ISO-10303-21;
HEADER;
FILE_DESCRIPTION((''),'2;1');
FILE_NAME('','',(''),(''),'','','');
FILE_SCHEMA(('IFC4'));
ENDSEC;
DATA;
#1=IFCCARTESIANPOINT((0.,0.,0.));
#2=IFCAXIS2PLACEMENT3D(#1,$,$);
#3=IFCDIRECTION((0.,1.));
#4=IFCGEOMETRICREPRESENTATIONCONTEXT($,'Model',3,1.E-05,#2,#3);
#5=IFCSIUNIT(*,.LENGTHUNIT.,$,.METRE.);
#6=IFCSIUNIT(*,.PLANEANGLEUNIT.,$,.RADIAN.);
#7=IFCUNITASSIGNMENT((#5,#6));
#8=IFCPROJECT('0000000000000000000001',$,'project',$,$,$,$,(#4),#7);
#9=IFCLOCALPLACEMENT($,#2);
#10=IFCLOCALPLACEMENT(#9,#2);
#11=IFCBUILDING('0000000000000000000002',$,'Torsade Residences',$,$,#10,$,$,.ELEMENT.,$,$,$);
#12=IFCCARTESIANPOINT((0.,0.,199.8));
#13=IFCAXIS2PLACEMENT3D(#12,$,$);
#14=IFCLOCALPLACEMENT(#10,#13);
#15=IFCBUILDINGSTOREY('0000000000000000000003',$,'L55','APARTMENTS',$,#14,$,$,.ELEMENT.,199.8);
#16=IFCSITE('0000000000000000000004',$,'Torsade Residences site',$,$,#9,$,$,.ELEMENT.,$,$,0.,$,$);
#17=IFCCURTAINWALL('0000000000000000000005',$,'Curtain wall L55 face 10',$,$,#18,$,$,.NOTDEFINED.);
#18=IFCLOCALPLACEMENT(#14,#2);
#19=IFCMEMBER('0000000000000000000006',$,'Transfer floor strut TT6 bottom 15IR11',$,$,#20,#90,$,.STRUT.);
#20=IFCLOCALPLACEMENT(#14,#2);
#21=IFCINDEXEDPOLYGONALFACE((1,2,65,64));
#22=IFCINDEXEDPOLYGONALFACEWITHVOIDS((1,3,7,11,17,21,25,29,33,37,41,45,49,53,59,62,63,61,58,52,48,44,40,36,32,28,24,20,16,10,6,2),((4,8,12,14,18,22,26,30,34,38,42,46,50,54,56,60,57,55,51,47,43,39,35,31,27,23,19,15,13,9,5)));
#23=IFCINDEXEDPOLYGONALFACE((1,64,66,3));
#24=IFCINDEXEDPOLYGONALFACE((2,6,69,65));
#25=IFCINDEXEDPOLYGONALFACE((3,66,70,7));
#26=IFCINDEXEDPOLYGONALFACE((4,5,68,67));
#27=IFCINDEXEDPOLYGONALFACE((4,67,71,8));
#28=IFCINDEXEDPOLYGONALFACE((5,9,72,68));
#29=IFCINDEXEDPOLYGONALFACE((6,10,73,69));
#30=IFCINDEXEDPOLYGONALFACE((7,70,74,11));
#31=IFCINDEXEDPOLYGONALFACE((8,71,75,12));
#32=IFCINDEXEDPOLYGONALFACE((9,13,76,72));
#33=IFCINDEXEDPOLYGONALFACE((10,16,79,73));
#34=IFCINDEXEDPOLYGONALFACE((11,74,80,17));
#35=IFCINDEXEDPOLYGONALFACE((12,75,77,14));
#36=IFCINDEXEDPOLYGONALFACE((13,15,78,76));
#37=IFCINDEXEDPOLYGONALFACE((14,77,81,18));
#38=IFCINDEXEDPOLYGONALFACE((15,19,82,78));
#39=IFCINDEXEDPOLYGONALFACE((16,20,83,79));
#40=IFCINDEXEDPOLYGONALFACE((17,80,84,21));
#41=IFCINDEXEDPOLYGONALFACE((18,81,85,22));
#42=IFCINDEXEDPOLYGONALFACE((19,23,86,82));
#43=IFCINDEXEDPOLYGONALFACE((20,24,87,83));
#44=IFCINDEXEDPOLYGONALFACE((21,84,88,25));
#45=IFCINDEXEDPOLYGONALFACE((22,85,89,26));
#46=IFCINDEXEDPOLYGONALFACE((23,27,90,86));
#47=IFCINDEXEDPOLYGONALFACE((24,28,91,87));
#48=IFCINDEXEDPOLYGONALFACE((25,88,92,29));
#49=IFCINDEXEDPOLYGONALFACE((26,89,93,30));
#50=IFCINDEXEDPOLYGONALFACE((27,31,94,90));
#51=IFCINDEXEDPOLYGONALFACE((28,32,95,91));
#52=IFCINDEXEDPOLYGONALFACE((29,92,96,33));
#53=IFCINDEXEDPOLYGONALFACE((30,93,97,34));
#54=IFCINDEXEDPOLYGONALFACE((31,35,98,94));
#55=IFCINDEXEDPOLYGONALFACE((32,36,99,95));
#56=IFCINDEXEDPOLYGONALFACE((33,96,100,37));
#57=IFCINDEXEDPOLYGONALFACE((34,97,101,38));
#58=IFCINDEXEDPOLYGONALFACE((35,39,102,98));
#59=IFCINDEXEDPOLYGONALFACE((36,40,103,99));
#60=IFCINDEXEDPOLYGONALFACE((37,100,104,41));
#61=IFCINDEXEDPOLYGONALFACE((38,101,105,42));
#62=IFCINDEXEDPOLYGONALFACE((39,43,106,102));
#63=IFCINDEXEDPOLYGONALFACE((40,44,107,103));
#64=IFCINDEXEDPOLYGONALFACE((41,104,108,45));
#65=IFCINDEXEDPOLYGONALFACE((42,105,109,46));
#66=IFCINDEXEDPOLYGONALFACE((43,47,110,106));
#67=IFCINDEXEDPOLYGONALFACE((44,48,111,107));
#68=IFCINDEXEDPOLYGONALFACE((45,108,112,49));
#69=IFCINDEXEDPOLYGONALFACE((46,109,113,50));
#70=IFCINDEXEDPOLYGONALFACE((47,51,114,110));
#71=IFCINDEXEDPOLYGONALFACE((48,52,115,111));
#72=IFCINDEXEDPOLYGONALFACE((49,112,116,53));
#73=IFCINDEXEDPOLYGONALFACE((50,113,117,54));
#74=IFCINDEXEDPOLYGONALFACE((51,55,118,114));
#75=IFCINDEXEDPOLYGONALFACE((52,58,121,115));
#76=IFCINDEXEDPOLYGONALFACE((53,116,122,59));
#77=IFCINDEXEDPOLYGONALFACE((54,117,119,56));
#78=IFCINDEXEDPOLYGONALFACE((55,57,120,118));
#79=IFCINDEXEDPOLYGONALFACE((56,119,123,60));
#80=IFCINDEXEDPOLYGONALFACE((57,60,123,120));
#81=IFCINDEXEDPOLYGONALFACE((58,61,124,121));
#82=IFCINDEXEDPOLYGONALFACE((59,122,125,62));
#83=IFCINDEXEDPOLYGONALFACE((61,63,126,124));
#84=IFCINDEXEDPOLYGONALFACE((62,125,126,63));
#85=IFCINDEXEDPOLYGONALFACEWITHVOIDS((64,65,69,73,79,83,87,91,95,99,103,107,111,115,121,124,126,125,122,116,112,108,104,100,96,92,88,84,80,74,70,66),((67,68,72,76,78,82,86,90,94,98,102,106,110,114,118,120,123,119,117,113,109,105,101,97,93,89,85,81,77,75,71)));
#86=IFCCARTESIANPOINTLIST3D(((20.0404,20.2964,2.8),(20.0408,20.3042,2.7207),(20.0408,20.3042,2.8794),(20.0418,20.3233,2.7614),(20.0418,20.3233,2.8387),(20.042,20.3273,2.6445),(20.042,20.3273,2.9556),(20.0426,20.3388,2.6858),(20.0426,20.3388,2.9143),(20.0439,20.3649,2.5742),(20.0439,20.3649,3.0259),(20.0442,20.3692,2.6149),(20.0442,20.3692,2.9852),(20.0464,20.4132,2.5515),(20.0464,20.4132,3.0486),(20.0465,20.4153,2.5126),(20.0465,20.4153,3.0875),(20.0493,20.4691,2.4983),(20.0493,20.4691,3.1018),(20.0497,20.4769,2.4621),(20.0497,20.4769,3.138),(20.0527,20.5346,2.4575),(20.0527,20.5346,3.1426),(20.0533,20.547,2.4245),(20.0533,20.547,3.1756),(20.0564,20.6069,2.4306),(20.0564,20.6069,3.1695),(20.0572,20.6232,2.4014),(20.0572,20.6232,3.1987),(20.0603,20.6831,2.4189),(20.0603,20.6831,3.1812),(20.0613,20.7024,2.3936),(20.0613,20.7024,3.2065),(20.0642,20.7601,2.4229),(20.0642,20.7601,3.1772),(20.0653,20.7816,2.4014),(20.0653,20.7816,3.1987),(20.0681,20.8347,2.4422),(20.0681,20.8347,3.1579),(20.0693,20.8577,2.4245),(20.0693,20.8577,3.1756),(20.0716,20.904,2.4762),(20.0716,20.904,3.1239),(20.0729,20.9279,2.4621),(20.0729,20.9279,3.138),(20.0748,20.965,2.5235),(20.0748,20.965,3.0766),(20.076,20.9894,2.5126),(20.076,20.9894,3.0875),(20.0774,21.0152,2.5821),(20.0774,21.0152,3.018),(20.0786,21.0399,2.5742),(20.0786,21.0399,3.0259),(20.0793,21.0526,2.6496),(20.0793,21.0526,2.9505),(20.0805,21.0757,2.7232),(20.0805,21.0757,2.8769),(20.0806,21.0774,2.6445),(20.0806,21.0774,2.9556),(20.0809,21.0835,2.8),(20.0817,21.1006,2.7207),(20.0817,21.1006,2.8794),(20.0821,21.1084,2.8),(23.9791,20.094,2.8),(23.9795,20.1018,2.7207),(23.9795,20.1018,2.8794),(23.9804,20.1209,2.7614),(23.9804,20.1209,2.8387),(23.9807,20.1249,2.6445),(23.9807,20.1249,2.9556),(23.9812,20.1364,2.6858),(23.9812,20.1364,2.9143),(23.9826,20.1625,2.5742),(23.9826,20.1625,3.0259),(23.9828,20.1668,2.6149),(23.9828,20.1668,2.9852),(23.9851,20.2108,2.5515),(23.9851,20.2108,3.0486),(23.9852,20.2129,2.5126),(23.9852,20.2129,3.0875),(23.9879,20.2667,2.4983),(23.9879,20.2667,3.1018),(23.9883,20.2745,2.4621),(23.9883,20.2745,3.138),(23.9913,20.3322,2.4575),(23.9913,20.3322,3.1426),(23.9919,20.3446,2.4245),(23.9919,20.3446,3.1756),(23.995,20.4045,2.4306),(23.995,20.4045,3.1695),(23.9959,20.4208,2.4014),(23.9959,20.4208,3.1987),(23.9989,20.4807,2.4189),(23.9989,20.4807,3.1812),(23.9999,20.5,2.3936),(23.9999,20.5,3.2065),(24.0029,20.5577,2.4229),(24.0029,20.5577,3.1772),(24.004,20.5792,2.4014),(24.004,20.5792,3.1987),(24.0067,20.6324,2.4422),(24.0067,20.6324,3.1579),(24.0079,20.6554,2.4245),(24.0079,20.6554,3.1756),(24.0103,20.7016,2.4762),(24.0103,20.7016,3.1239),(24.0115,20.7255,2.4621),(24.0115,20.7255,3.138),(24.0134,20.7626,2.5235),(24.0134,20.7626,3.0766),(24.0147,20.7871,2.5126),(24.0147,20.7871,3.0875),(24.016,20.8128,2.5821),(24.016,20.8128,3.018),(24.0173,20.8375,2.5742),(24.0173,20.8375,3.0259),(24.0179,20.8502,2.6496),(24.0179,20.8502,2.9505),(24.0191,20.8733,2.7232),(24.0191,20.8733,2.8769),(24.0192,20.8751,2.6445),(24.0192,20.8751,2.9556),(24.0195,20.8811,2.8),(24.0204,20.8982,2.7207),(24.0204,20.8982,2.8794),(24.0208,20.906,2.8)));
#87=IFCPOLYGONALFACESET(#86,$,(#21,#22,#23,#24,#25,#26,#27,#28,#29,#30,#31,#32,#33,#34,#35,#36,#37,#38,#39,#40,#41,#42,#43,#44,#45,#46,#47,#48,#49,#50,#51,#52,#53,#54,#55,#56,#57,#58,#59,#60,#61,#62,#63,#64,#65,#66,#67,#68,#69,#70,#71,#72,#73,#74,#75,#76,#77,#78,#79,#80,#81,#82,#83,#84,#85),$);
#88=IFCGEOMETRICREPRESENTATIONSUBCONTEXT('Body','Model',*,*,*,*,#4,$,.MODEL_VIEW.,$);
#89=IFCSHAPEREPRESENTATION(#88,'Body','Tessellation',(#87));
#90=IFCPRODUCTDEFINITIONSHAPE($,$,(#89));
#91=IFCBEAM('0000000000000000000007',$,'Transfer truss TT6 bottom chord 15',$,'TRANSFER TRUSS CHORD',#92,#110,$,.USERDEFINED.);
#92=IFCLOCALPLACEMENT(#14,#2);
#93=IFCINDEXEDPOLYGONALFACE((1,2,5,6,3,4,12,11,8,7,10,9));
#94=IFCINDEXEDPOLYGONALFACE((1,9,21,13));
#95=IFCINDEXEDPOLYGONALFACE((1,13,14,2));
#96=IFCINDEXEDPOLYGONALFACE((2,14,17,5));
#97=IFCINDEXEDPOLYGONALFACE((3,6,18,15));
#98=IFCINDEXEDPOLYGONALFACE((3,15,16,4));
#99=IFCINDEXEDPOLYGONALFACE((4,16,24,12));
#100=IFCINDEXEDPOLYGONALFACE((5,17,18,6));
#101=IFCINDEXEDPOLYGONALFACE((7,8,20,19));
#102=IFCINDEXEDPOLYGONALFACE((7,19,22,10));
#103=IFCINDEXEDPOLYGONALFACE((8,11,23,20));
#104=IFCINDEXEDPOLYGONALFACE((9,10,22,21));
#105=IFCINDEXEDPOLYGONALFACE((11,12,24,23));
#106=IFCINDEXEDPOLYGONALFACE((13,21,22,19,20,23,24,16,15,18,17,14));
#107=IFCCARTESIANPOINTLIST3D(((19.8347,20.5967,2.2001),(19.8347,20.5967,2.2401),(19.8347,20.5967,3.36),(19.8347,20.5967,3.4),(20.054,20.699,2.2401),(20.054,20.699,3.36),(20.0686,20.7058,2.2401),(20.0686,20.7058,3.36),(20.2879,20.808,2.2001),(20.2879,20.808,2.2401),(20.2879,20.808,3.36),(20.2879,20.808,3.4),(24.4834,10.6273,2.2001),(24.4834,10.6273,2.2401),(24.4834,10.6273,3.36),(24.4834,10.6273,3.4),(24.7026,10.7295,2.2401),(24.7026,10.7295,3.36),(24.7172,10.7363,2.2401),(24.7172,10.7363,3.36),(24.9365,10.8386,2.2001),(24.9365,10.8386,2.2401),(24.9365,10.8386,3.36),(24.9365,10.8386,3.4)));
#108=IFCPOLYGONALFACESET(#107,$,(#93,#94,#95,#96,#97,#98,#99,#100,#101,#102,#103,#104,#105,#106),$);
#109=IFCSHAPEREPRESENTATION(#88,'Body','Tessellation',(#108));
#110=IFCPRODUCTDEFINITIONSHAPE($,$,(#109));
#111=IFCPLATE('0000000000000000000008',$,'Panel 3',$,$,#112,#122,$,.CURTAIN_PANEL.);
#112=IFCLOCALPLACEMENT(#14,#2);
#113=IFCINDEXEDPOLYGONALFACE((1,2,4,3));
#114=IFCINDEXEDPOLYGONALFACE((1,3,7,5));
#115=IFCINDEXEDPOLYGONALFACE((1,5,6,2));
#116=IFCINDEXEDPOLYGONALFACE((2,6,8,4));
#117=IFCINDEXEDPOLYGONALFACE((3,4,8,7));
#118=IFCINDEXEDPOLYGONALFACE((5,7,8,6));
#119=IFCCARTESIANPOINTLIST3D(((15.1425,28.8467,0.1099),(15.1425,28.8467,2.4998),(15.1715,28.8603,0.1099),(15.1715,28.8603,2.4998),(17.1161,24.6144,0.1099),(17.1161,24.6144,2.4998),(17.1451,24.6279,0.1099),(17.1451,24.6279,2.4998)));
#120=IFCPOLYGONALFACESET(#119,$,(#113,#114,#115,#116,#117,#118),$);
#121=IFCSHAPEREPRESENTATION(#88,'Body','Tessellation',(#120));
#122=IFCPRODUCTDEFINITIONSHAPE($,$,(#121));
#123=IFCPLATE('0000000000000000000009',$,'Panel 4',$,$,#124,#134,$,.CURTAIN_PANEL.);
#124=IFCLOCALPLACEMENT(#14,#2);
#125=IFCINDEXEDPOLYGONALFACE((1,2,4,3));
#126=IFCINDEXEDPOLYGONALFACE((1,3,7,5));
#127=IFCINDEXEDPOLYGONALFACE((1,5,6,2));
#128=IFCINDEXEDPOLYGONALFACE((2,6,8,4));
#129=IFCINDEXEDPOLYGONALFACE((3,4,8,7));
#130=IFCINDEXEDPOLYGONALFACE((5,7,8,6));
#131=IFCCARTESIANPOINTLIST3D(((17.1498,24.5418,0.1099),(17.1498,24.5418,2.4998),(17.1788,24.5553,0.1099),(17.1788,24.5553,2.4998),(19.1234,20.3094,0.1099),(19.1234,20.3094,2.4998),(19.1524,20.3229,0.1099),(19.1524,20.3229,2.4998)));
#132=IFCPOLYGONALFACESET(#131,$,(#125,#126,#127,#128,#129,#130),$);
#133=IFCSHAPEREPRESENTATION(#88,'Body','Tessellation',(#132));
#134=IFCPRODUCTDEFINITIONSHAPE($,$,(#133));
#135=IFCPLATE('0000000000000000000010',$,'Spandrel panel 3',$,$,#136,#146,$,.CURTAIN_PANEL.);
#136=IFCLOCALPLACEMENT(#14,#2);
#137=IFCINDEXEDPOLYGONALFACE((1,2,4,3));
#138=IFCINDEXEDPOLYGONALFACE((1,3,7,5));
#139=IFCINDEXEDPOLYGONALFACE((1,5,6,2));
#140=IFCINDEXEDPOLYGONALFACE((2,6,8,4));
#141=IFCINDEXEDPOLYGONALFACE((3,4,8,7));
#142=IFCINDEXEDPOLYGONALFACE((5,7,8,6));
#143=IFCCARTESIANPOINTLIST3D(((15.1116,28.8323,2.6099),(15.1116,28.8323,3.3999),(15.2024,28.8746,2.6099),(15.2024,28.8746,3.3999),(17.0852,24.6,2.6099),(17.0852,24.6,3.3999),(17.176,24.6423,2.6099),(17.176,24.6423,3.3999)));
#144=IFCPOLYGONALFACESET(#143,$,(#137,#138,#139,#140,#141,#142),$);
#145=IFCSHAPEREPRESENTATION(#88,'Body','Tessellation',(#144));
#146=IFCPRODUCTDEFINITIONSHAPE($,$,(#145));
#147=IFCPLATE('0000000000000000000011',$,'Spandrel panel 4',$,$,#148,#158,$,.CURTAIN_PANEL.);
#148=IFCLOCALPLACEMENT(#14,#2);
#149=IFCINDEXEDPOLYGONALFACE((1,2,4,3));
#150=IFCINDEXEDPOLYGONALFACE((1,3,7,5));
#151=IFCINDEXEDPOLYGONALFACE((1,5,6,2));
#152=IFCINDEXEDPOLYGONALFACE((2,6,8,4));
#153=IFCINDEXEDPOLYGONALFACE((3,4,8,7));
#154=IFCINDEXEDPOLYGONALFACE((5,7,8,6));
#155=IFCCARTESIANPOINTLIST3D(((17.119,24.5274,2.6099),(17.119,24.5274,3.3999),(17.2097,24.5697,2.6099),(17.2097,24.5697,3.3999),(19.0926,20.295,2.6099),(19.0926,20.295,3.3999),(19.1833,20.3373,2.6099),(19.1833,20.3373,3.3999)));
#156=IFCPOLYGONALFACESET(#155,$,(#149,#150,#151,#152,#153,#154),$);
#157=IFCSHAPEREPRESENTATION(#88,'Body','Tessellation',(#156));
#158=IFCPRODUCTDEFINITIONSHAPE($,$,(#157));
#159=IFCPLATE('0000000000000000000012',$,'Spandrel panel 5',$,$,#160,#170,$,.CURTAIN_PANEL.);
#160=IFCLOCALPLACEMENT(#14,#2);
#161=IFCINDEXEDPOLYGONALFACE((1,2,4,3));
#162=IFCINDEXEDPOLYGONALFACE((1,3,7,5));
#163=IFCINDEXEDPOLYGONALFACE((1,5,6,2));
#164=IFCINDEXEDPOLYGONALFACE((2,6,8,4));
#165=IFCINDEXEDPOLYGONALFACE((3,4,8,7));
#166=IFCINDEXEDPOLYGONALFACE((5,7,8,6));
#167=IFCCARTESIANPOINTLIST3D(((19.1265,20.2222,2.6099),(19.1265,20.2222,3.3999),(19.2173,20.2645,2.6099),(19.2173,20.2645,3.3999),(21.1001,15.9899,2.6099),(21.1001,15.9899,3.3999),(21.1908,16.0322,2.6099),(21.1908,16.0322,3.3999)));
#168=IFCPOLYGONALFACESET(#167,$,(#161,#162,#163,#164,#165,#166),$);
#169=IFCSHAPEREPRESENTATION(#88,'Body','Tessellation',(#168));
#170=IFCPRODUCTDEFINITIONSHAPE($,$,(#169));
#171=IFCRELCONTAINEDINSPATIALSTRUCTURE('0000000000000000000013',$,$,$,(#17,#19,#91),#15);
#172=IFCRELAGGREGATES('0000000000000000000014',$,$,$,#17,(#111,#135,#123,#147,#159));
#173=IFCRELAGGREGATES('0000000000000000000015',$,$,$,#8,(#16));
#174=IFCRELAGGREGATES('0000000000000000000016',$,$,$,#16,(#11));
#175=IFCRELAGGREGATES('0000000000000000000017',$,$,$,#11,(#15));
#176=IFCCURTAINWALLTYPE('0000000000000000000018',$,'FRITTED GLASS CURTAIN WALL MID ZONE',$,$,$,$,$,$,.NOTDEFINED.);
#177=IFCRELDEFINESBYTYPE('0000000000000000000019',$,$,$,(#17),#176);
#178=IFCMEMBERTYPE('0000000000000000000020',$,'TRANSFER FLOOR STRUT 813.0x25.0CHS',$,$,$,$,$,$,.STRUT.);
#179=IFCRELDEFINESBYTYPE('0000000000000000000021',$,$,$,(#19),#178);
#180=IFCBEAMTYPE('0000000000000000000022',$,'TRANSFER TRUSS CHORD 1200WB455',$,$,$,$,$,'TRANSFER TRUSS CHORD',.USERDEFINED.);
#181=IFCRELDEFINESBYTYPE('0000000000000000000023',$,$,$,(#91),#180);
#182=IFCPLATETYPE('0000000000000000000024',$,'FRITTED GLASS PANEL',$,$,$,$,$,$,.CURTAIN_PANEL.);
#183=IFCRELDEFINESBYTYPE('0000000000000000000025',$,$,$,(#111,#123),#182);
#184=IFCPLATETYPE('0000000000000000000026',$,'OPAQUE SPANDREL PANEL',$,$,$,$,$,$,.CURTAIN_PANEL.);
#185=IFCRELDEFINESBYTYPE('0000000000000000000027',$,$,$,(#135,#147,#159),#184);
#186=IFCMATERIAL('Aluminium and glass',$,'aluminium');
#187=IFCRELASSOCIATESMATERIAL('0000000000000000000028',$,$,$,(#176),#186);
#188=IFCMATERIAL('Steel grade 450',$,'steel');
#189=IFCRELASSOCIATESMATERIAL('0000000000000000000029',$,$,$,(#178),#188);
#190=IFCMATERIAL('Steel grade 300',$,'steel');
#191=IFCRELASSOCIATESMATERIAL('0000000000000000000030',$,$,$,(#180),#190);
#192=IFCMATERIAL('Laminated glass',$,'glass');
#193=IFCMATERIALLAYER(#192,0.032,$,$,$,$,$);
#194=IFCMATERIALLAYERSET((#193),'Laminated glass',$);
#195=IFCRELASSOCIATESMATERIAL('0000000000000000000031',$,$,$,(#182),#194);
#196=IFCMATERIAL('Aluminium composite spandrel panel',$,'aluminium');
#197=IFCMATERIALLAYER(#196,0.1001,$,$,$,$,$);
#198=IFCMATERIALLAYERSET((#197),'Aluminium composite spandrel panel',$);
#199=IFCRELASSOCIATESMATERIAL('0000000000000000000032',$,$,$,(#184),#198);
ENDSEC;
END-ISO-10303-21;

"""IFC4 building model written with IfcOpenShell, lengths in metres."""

from ifc_helpers import new_model, si_unit, direction, frame, origin, origin_2d, place, context, subcontext, project, spatial, rectangle, hollow_circle, i_section, extrude, material, layer, layer_set, material_profile, profile_set, type_object, element, aggregate, save


model = new_model("IFC4")

# Units and contexts
model_context = context("Model", 3, precision=1e-05, world=origin(), true_north=direction((0.0, 1.0)))
body_context = subcontext(model_context, "Body", "Model", "MODEL_VIEW")
ifc_project = project(units=[si_unit("LENGTHUNIT", "METRE"), si_unit("PLANEANGLEUNIT", "RADIAN")], contexts=[model_context])

# Site, building, storey
site_placement = place(None, origin())
site = spatial("IfcSite", under=ifc_project, at=site_placement, Name="Torsade Residences site", CompositionType="ELEMENT", RefElevation=0.0)
building_placement = place(site_placement, origin())
building = spatial("IfcBuilding", under=site, at=building_placement, Name="Torsade Residences", CompositionType="ELEMENT")
storey_placement = place(building_placement, frame((0.0, 0.0, 199.8)))
storey = spatial("IfcBuildingStorey", under=building, at=storey_placement, Name="L55", Description="APARTMENTS", CompositionType="ELEMENT", Elevation=199.8)

# Curtain wall
ifc_material_1 = material(Name="Aluminium and glass", Category="aluminium")
curtain_wall_type = type_object("IfcCurtainWallType", Name="FRITTED GLASS CURTAIN WALL MID ZONE", PredefinedType="NOTDEFINED", material=ifc_material_1)
curtain_wall_placement = place(storey_placement, origin())
curtain_wall = element("IfcCurtainWall", 1, at=curtain_wall_placement, inside=storey, type_object=curtain_wall_type, Name="Curtain wall L55 face 10", PredefinedType="NOTDEFINED")

# Member
ifc_material_2 = material(Name="Steel grade 450", Category="steel")
ifc_material_profile_1 = material_profile(ifc_material_2, hollow_circle(Radius=0.4065, WallThickness=0.0249, at=origin_2d()), Name="813.0x25.0CHS")
ifc_profile_set_1 = profile_set([ifc_material_profile_1], Name="Steel grade 450")
member_type_1 = type_object("IfcMemberType", Name="TRANSFER FLOOR STRUT 813.0x25.0CHS", PredefinedType="STRUT", material=ifc_profile_set_1)
member_1_placement = place(storey_placement, frame((20.0613, 20.7024, 2.8), z_axis=(0.998682, -0.051318, 0.0), x_axis=(0.051318, 0.998682, 0.0)))
element("IfcMember", 2, at=member_1_placement, inside=storey, type_object=member_type_1, Name="Transfer floor strut TT6 bottom 15IR11", PredefinedType="STRUT", context=body_context, shape_type="SweptSolid", body=[
    extrude(hollow_circle(Radius=0.4065, WallThickness=0.0249, at=origin_2d()), origin(), (0.0, 0.0, 1.0), 3.9438),
])

# Beam
ifc_material_3 = material(Name="Steel grade 300", Category="steel")
ifc_material_profile_2 = material_profile(ifc_material_3, i_section(OverallWidth=0.5, OverallDepth=1.2, WebThickness=0.0161, FlangeThickness=0.04, at=origin_2d()), Name="1200WB455")
ifc_profile_set_2 = profile_set([ifc_material_profile_2], Name="Steel grade 300")
beam_type_1 = type_object("IfcBeamType", Name="TRANSFER TRUSS CHORD 1200WB455", ElementType="TRANSFER TRUSS CHORD", PredefinedType="USERDEFINED", material=ifc_profile_set_2)
beam_1_placement = place(storey_placement, frame((20.0613, 20.7024, 2.8), z_axis=(0.422606, -0.906314, 0.0), x_axis=(0.906314, 0.422606, 0.0)))
element("IfcBeam", 3, at=beam_1_placement, inside=storey, type_object=beam_type_1, Name="Transfer truss TT6 bottom chord 15", ObjectType="TRANSFER TRUSS CHORD", PredefinedType="USERDEFINED", context=body_context, shape_type="SweptSolid", body=[
    extrude(i_section(OverallWidth=0.5, OverallDepth=1.2, WebThickness=0.0161, FlangeThickness=0.04, at=origin_2d()), origin(), (0.0, 0.0, 1.0), 11.0),
])

# Plates
ifc_material_4 = material(Name="Laminated glass", Category="glass")
ifc_layer_1 = layer(ifc_material_4, 0.032)
ifc_layer_set_1 = layer_set([ifc_layer_1], Name="Laminated glass")
plate_type_1 = type_object("IfcPlateType", Name="FRITTED GLASS PANEL", PredefinedType="CURTAIN_PANEL", material=ifc_layer_set_1)
plate_1_placement = place(storey_placement, frame((16.1438, 26.7373, 0.1099), z_axis=(0.0, 0.0, 1.0), x_axis=(0.422618, -0.906308, 0.0)))
plate_1 = element("IfcPlate", 4, at=plate_1_placement, type_object=plate_type_1, Name="Panel 3", PredefinedType="CURTAIN_PANEL", context=body_context, shape_type="SweptSolid", body=[
    extrude(rectangle(XDim=4.6699, YDim=0.032, at=origin_2d()), origin(), (0.0, 0.0, 1.0), 2.3899),
])
plate_2_placement = place(storey_placement, frame((18.1511, 22.4324, 0.1099), z_axis=(0.0, 0.0, 1.0), x_axis=(0.422618, -0.906308, 0.0)))
plate_2 = element("IfcPlate", 5, at=plate_2_placement, type_object=plate_type_1, Name="Panel 4", PredefinedType="CURTAIN_PANEL", context=body_context, shape_type="SweptSolid", body=[
    extrude(rectangle(XDim=4.6699, YDim=0.032, at=origin_2d()), origin(), (0.0, 0.0, 1.0), 2.3899),
])
ifc_material_5 = material(Name="Aluminium composite spandrel panel", Category="aluminium")
ifc_layer_2 = layer(ifc_material_5, 0.1001)
ifc_layer_set_2 = layer_set([ifc_layer_2], Name="Aluminium composite spandrel panel")
plate_type_2 = type_object("IfcPlateType", Name="OPAQUE SPANDREL PANEL", PredefinedType="CURTAIN_PANEL", material=ifc_layer_set_2)
plate_3_placement = place(storey_placement, frame((16.1438, 26.7373, 2.6099), z_axis=(0.0, 0.0, 1.0), x_axis=(0.422618, -0.906308, 0.0)))
plate_3 = element("IfcPlate", 6, at=plate_3_placement, type_object=plate_type_2, Name="Spandrel panel 3", PredefinedType="CURTAIN_PANEL", context=body_context, shape_type="SweptSolid", body=[
    extrude(rectangle(XDim=4.6699, YDim=0.1001, at=origin_2d()), origin(), (0.0, 0.0, 1.0), 0.79),
])
plate_4_placement = place(storey_placement, frame((18.1511, 22.4324, 2.6099), z_axis=(0.0, 0.0, 1.0), x_axis=(0.422618, -0.906308, 0.0)))
plate_4 = element("IfcPlate", 7, at=plate_4_placement, type_object=plate_type_2, Name="Spandrel panel 4", PredefinedType="CURTAIN_PANEL", context=body_context, shape_type="SweptSolid", body=[
    extrude(rectangle(XDim=4.6699, YDim=0.1001, at=origin_2d()), origin(), (0.0, 0.0, 1.0), 0.79),
])
plate_5_placement = place(storey_placement, frame((20.1587, 18.1272, 2.6099), z_axis=(0.0, 0.0, 1.0), x_axis=(0.422618, -0.906308, 0.0)))
plate_5 = element("IfcPlate", 8, at=plate_5_placement, type_object=plate_type_2, Name="Spandrel panel 5", PredefinedType="CURTAIN_PANEL", context=body_context, shape_type="SweptSolid", body=[
    extrude(rectangle(XDim=4.6699, YDim=0.1001, at=origin_2d()), origin(), (0.0, 0.0, 1.0), 0.79),
])
aggregate(curtain_wall, [plate_1, plate_3, plate_2, plate_4, plate_5])

save(model, "model.ifc")
